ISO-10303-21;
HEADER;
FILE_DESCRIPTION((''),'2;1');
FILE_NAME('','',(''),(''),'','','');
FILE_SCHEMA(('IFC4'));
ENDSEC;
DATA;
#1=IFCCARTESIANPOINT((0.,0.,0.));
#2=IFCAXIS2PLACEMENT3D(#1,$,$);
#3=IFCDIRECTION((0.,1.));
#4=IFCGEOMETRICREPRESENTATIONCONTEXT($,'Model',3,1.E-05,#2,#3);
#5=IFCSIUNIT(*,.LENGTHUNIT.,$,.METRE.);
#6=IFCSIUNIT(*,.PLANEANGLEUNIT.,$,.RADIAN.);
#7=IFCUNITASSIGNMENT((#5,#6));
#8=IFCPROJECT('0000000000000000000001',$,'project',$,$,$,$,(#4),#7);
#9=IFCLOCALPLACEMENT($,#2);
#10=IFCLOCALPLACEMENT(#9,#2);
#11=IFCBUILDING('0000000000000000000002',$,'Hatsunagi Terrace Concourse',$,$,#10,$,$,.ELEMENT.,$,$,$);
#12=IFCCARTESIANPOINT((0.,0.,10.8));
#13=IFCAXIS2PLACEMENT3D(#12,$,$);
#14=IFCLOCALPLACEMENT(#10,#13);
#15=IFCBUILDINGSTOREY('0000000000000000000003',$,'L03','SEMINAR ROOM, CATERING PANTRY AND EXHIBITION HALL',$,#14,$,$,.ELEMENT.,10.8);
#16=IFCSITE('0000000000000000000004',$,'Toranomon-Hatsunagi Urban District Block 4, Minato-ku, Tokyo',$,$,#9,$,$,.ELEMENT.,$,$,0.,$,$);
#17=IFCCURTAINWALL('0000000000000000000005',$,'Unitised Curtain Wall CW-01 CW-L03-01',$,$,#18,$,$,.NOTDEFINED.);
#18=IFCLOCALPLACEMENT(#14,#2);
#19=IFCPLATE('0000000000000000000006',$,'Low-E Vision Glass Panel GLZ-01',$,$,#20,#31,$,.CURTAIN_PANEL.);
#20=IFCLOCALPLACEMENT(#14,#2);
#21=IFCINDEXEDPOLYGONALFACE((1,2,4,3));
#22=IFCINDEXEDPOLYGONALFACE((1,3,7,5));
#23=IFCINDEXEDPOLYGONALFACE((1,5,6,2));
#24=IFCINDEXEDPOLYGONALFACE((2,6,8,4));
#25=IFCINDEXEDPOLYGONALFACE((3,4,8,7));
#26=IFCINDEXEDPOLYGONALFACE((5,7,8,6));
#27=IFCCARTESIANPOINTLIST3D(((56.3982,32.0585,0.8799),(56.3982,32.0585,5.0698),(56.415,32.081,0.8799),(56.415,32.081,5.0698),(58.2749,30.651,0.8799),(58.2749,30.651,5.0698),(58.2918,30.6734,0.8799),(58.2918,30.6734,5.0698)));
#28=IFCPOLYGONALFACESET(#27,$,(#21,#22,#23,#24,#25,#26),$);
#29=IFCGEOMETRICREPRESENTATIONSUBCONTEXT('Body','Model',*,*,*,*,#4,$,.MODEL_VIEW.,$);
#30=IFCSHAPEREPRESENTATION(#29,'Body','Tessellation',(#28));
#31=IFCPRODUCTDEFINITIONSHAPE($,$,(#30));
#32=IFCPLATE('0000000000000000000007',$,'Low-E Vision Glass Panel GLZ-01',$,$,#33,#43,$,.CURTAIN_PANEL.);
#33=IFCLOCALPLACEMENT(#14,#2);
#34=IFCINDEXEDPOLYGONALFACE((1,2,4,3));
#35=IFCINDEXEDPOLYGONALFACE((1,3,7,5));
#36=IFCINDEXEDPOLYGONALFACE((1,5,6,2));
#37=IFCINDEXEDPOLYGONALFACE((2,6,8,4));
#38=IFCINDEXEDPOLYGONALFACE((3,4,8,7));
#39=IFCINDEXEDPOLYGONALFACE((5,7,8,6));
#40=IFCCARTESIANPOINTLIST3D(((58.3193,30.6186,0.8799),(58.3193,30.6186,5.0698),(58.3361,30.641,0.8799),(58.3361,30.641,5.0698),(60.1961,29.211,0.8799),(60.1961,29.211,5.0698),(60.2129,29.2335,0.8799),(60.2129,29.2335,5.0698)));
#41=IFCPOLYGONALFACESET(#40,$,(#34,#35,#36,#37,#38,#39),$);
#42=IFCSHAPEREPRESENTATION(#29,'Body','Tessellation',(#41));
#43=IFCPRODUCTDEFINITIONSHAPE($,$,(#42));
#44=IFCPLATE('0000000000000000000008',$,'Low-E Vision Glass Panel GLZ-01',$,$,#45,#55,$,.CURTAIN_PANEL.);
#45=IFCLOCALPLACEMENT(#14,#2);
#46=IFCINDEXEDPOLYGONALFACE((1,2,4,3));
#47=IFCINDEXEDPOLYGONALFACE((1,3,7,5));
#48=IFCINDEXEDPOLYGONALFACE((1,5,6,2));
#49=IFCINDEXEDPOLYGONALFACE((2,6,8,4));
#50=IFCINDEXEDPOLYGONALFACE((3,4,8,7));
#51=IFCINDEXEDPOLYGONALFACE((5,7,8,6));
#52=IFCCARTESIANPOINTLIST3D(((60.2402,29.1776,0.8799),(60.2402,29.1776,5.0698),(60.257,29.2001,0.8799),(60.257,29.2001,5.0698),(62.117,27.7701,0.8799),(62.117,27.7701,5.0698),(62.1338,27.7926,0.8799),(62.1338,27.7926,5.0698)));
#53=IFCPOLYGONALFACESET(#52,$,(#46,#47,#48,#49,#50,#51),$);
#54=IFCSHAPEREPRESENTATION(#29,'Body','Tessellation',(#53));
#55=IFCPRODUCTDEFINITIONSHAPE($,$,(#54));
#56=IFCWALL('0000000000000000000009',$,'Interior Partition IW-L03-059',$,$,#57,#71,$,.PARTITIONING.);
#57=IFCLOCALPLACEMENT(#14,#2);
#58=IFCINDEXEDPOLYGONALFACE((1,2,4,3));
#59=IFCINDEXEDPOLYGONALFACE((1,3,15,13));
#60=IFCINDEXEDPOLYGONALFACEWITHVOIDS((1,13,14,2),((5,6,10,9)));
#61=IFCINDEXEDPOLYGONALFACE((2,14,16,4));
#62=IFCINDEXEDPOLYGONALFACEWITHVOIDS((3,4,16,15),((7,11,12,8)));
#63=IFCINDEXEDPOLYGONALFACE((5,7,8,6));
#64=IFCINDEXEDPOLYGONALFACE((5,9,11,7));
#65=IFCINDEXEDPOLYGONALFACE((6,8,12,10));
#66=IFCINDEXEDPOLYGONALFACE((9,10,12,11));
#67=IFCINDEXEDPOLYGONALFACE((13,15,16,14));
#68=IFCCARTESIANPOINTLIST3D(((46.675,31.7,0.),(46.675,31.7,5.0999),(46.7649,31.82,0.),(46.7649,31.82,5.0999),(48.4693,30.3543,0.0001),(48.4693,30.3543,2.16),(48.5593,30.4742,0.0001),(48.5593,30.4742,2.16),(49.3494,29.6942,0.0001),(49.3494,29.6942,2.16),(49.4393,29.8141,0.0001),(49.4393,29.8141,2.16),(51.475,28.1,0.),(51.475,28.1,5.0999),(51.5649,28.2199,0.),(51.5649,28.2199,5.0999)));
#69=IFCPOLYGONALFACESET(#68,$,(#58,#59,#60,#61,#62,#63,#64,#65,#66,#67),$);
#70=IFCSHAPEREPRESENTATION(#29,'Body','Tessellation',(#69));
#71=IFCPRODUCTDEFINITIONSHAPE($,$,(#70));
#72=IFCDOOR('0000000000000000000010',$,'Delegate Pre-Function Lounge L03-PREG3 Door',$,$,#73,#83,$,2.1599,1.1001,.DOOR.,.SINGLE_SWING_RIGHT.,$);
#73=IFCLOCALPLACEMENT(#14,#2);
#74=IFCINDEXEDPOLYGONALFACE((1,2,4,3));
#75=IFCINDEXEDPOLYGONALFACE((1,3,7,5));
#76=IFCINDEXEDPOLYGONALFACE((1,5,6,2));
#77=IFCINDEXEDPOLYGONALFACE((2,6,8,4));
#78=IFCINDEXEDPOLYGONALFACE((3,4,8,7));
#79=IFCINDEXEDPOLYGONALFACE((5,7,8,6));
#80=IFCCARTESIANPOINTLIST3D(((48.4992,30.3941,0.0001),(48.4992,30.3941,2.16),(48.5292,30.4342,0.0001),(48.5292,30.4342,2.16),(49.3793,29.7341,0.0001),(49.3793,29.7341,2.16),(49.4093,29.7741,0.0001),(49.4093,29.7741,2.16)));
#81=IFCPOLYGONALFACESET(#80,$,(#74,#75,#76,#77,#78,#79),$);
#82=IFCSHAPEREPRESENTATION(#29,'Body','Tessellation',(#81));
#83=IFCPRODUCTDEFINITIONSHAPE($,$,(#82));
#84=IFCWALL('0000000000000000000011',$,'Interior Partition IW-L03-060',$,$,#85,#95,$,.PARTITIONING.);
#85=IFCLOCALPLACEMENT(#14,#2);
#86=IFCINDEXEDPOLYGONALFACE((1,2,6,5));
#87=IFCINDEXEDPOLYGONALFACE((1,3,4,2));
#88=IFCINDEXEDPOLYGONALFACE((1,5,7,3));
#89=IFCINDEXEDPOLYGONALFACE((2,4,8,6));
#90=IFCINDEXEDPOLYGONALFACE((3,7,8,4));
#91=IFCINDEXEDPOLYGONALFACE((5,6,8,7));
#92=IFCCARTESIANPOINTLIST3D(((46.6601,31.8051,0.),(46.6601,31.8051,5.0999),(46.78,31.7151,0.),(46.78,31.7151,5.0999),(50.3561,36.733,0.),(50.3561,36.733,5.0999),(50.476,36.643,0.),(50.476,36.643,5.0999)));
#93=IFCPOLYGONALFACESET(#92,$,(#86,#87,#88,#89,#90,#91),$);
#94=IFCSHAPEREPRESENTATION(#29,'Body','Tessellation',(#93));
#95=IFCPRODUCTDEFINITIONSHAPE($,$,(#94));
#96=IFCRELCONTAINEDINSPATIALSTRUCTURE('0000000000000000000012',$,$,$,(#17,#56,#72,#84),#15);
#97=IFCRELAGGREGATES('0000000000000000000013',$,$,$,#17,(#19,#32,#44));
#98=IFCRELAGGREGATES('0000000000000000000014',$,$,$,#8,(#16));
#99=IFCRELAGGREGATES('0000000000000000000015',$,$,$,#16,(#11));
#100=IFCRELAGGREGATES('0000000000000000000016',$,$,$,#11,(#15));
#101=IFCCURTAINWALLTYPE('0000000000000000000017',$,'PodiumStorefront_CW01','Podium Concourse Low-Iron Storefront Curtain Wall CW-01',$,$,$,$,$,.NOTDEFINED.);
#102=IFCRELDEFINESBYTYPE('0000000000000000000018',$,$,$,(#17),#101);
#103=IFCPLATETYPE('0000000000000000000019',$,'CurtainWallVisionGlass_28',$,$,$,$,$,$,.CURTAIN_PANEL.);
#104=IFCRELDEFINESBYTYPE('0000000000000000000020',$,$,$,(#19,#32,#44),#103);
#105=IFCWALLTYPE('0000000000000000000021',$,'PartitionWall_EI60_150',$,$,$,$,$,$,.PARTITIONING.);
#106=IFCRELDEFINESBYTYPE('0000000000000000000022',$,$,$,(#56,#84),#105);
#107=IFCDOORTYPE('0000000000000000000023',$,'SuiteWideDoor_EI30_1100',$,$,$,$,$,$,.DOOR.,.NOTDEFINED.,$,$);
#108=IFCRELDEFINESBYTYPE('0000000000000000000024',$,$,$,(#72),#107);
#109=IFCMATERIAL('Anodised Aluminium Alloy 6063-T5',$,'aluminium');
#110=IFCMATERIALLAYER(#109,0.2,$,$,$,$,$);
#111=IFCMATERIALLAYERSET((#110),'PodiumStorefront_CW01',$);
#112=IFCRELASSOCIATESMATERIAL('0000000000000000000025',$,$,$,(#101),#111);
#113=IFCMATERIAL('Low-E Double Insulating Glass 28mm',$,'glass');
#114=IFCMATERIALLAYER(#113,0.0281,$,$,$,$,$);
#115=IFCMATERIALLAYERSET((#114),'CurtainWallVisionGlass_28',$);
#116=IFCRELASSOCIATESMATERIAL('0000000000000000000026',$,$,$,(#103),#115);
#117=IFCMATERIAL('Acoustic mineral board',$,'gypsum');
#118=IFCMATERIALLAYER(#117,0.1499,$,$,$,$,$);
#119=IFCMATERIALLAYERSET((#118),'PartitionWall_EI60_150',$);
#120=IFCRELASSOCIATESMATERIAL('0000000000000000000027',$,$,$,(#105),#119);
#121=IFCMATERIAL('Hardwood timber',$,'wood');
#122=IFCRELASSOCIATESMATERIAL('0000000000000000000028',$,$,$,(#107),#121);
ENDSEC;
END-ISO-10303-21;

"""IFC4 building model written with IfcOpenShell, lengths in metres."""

from ifc_helpers import new_model, si_unit, direction, frame, frame_2d, origin, origin_2d, place, context, subcontext, project, spatial, rectangle, extrude, material, layer, layer_set, type_object, element, fill, aggregate, save


model = new_model("IFC4")

# Units and contexts
model_context = context("Model", 3, precision=1e-05, world=origin(), true_north=direction((0.0, 1.0)))
body_context = subcontext(model_context, "Body", "Model", "MODEL_VIEW")
ifc_project = project(units=[si_unit("LENGTHUNIT", "METRE"), si_unit("PLANEANGLEUNIT", "RADIAN")], contexts=[model_context])

# Site, building, storey
site_placement = place(None, origin())
site = spatial("IfcSite", under=ifc_project, at=site_placement, Name="Toranomon-Hatsunagi Urban District Block 4, Minato-ku, Tokyo", CompositionType="ELEMENT", RefElevation=0.0)
building_placement = place(site_placement, origin())
building = spatial("IfcBuilding", under=site, at=building_placement, Name="Hatsunagi Terrace Concourse", CompositionType="ELEMENT")
storey_placement = place(building_placement, frame((0.0, 0.0, 10.8)))
storey = spatial("IfcBuildingStorey", under=building, at=storey_placement, Name="L03", Description="SEMINAR ROOM, CATERING PANTRY AND EXHIBITION HALL", CompositionType="ELEMENT", Elevation=10.8)

# Curtain wall
ifc_material_1 = material(Name="Anodised Aluminium Alloy 6063-T5", Category="aluminium")
ifc_layer_1 = layer(ifc_material_1, 0.2)
ifc_layer_set_1 = layer_set([ifc_layer_1], Name="PodiumStorefront_CW01")
curtain_wall_type = type_object("IfcCurtainWallType", Name="PodiumStorefront_CW01", Description="Podium Concourse Low-Iron Storefront Curtain Wall CW-01", PredefinedType="NOTDEFINED", material=ifc_layer_set_1)
curtain_wall_placement = place(storey_placement, origin())
curtain_wall = element("IfcCurtainWall", 1, at=curtain_wall_placement, inside=storey, type_object=curtain_wall_type, Name="Unitised Curtain Wall CW-01 CW-L03-01", PredefinedType="NOTDEFINED")

# Plates
ifc_material_2 = material(Name="Low-E Double Insulating Glass 28mm", Category="glass")
ifc_layer_2 = layer(ifc_material_2, 0.0281)
ifc_layer_set_2 = layer_set([ifc_layer_2], Name="CurtainWallVisionGlass_28")
plate_type_1 = type_object("IfcPlateType", Name="CurtainWallVisionGlass_28", PredefinedType="CURTAIN_PANEL", material=ifc_layer_set_2)
plate_1_placement = place(storey_placement, frame((57.345, 31.366, 0.8799), z_axis=(0.0, 0.0, 1.0), x_axis=(0.800007, -0.59999, 0.0)))
plate_1 = element("IfcPlate", 2, at=plate_1_placement, type_object=plate_type_1, Name="Low-E Vision Glass Panel GLZ-01", PredefinedType="CURTAIN_PANEL", context=body_context, shape_type="SweptSolid", body=[
    extrude(rectangle(XDim=2.3459, YDim=0.0281, at=origin_2d()), origin(), (0.0, 0.0, 1.0), 4.1899),
])
plate_2_placement = place(storey_placement, frame((59.2661, 29.926, 0.8799), z_axis=(0.0, 0.0, 1.0), x_axis=(0.800007, -0.59999, 0.0)))
plate_2 = element("IfcPlate", 3, at=plate_2_placement, type_object=plate_type_1, Name="Low-E Vision Glass Panel GLZ-01", PredefinedType="CURTAIN_PANEL", context=body_context, shape_type="SweptSolid", body=[
    extrude(rectangle(XDim=2.3459, YDim=0.0281, at=origin_2d()), origin(), (0.0, 0.0, 1.0), 4.1899),
])
plate_3_placement = place(storey_placement, frame((61.187, 28.4851, 0.8799), z_axis=(0.0, 0.0, 1.0), x_axis=(0.800007, -0.59999, 0.0)))
plate_3 = element("IfcPlate", 4, at=plate_3_placement, type_object=plate_type_1, Name="Low-E Vision Glass Panel GLZ-01", PredefinedType="CURTAIN_PANEL", context=body_context, shape_type="SweptSolid", body=[
    extrude(rectangle(XDim=2.3459, YDim=0.0281, at=origin_2d()), origin(), (0.0, 0.0, 1.0), 4.1899),
])
aggregate(curtain_wall, [plate_1, plate_2, plate_3])

# Wall, opening, door
ifc_material_3 = material(Name="Acoustic mineral board", Category="gypsum")
ifc_layer_3 = layer(ifc_material_3, 0.1499)
ifc_layer_set_3 = layer_set([ifc_layer_3], Name="PartitionWall_EI60_150")
wall_type_1 = type_object("IfcWallType", Name="PartitionWall_EI60_150", PredefinedType="PARTITIONING", material=ifc_layer_set_3)
wall_1_placement = place(storey_placement, frame((46.72, 31.76, 0.0), z_axis=(0.0, 0.0, 1.0), x_axis=(0.799995, -0.600007, 0.0)))
wall_1 = element("IfcWall", 5, at=wall_1_placement, inside=storey, type_object=wall_type_1, Name="Interior Partition IW-L03-059", PredefinedType="PARTITIONING", context=body_context, shape_type="SweptSolid", body=[
    extrude(rectangle(XDim=6.0, YDim=0.1499, at=frame_2d((3.0, 0.0))), origin(), (0.0, 0.0, 1.0), 5.0999),
])
opening_1_placement = place(wall_1_placement, frame((2.2429, 0.0, 0.0)))
opening_1 = element("IfcOpeningElement", 6, at=opening_1_placement, cuts=wall_1, PredefinedType="OPENING", context=body_context, shape_type="SweptSolid", body=[
    extrude(rectangle(XDim=1.1001, YDim=2.1599, at=frame_2d((0.55, 1.0801))), frame((0.0, 0.085, 0.0), z_axis=(0.0, -1.0, 0.0), x_axis=(1.0, 0.0, 0.0)), (0.0, 0.0, 1.0), 0.1699),
])
ifc_material_4 = material(Name="Hardwood timber", Category="wood")
door_type_1 = type_object("IfcDoorType", Name="SuiteWideDoor_EI30_1100", OperationType="NOTDEFINED", PredefinedType="DOOR", material=ifc_material_4)
door_1_placement = place(opening_1_placement, origin())
door_1 = element("IfcDoor", 7, at=door_1_placement, inside=storey, type_object=door_type_1, Name="Delegate Pre-Function Lounge L03-PREG3 Door", OperationType="SINGLE_SWING_RIGHT", OverallHeight=2.1599, OverallWidth=1.1001, PredefinedType="DOOR", context=body_context, shape_type="SweptSolid", body=[
    extrude(rectangle(XDim=1.1001, YDim=2.1599, at=frame_2d((0.55, 1.0801))), frame((0.0, 0.0249, 0.0), z_axis=(0.0, -1.0, 0.0), x_axis=(1.0, 0.0, 0.0)), (0.0, 0.0, 1.0), 0.05),
])
fill(opening_1, door_1)

# Wall
wall_2_placement = place(storey_placement, frame((46.72, 31.76, 0.0), z_axis=(0.0, 0.0, 1.0), x_axis=(0.600006, 0.799995, 0.0)))
element("IfcWall", 8, at=wall_2_placement, inside=storey, type_object=wall_type_1, Name="Interior Partition IW-L03-060", PredefinedType="PARTITIONING", context=body_context, shape_type="SweptSolid", body=[
    extrude(rectangle(XDim=6.1599, YDim=0.1499, at=frame_2d((3.0801, 0.0))), origin(), (0.0, 0.0, 1.0), 5.0999),
])

save(model, "model.ifc")
